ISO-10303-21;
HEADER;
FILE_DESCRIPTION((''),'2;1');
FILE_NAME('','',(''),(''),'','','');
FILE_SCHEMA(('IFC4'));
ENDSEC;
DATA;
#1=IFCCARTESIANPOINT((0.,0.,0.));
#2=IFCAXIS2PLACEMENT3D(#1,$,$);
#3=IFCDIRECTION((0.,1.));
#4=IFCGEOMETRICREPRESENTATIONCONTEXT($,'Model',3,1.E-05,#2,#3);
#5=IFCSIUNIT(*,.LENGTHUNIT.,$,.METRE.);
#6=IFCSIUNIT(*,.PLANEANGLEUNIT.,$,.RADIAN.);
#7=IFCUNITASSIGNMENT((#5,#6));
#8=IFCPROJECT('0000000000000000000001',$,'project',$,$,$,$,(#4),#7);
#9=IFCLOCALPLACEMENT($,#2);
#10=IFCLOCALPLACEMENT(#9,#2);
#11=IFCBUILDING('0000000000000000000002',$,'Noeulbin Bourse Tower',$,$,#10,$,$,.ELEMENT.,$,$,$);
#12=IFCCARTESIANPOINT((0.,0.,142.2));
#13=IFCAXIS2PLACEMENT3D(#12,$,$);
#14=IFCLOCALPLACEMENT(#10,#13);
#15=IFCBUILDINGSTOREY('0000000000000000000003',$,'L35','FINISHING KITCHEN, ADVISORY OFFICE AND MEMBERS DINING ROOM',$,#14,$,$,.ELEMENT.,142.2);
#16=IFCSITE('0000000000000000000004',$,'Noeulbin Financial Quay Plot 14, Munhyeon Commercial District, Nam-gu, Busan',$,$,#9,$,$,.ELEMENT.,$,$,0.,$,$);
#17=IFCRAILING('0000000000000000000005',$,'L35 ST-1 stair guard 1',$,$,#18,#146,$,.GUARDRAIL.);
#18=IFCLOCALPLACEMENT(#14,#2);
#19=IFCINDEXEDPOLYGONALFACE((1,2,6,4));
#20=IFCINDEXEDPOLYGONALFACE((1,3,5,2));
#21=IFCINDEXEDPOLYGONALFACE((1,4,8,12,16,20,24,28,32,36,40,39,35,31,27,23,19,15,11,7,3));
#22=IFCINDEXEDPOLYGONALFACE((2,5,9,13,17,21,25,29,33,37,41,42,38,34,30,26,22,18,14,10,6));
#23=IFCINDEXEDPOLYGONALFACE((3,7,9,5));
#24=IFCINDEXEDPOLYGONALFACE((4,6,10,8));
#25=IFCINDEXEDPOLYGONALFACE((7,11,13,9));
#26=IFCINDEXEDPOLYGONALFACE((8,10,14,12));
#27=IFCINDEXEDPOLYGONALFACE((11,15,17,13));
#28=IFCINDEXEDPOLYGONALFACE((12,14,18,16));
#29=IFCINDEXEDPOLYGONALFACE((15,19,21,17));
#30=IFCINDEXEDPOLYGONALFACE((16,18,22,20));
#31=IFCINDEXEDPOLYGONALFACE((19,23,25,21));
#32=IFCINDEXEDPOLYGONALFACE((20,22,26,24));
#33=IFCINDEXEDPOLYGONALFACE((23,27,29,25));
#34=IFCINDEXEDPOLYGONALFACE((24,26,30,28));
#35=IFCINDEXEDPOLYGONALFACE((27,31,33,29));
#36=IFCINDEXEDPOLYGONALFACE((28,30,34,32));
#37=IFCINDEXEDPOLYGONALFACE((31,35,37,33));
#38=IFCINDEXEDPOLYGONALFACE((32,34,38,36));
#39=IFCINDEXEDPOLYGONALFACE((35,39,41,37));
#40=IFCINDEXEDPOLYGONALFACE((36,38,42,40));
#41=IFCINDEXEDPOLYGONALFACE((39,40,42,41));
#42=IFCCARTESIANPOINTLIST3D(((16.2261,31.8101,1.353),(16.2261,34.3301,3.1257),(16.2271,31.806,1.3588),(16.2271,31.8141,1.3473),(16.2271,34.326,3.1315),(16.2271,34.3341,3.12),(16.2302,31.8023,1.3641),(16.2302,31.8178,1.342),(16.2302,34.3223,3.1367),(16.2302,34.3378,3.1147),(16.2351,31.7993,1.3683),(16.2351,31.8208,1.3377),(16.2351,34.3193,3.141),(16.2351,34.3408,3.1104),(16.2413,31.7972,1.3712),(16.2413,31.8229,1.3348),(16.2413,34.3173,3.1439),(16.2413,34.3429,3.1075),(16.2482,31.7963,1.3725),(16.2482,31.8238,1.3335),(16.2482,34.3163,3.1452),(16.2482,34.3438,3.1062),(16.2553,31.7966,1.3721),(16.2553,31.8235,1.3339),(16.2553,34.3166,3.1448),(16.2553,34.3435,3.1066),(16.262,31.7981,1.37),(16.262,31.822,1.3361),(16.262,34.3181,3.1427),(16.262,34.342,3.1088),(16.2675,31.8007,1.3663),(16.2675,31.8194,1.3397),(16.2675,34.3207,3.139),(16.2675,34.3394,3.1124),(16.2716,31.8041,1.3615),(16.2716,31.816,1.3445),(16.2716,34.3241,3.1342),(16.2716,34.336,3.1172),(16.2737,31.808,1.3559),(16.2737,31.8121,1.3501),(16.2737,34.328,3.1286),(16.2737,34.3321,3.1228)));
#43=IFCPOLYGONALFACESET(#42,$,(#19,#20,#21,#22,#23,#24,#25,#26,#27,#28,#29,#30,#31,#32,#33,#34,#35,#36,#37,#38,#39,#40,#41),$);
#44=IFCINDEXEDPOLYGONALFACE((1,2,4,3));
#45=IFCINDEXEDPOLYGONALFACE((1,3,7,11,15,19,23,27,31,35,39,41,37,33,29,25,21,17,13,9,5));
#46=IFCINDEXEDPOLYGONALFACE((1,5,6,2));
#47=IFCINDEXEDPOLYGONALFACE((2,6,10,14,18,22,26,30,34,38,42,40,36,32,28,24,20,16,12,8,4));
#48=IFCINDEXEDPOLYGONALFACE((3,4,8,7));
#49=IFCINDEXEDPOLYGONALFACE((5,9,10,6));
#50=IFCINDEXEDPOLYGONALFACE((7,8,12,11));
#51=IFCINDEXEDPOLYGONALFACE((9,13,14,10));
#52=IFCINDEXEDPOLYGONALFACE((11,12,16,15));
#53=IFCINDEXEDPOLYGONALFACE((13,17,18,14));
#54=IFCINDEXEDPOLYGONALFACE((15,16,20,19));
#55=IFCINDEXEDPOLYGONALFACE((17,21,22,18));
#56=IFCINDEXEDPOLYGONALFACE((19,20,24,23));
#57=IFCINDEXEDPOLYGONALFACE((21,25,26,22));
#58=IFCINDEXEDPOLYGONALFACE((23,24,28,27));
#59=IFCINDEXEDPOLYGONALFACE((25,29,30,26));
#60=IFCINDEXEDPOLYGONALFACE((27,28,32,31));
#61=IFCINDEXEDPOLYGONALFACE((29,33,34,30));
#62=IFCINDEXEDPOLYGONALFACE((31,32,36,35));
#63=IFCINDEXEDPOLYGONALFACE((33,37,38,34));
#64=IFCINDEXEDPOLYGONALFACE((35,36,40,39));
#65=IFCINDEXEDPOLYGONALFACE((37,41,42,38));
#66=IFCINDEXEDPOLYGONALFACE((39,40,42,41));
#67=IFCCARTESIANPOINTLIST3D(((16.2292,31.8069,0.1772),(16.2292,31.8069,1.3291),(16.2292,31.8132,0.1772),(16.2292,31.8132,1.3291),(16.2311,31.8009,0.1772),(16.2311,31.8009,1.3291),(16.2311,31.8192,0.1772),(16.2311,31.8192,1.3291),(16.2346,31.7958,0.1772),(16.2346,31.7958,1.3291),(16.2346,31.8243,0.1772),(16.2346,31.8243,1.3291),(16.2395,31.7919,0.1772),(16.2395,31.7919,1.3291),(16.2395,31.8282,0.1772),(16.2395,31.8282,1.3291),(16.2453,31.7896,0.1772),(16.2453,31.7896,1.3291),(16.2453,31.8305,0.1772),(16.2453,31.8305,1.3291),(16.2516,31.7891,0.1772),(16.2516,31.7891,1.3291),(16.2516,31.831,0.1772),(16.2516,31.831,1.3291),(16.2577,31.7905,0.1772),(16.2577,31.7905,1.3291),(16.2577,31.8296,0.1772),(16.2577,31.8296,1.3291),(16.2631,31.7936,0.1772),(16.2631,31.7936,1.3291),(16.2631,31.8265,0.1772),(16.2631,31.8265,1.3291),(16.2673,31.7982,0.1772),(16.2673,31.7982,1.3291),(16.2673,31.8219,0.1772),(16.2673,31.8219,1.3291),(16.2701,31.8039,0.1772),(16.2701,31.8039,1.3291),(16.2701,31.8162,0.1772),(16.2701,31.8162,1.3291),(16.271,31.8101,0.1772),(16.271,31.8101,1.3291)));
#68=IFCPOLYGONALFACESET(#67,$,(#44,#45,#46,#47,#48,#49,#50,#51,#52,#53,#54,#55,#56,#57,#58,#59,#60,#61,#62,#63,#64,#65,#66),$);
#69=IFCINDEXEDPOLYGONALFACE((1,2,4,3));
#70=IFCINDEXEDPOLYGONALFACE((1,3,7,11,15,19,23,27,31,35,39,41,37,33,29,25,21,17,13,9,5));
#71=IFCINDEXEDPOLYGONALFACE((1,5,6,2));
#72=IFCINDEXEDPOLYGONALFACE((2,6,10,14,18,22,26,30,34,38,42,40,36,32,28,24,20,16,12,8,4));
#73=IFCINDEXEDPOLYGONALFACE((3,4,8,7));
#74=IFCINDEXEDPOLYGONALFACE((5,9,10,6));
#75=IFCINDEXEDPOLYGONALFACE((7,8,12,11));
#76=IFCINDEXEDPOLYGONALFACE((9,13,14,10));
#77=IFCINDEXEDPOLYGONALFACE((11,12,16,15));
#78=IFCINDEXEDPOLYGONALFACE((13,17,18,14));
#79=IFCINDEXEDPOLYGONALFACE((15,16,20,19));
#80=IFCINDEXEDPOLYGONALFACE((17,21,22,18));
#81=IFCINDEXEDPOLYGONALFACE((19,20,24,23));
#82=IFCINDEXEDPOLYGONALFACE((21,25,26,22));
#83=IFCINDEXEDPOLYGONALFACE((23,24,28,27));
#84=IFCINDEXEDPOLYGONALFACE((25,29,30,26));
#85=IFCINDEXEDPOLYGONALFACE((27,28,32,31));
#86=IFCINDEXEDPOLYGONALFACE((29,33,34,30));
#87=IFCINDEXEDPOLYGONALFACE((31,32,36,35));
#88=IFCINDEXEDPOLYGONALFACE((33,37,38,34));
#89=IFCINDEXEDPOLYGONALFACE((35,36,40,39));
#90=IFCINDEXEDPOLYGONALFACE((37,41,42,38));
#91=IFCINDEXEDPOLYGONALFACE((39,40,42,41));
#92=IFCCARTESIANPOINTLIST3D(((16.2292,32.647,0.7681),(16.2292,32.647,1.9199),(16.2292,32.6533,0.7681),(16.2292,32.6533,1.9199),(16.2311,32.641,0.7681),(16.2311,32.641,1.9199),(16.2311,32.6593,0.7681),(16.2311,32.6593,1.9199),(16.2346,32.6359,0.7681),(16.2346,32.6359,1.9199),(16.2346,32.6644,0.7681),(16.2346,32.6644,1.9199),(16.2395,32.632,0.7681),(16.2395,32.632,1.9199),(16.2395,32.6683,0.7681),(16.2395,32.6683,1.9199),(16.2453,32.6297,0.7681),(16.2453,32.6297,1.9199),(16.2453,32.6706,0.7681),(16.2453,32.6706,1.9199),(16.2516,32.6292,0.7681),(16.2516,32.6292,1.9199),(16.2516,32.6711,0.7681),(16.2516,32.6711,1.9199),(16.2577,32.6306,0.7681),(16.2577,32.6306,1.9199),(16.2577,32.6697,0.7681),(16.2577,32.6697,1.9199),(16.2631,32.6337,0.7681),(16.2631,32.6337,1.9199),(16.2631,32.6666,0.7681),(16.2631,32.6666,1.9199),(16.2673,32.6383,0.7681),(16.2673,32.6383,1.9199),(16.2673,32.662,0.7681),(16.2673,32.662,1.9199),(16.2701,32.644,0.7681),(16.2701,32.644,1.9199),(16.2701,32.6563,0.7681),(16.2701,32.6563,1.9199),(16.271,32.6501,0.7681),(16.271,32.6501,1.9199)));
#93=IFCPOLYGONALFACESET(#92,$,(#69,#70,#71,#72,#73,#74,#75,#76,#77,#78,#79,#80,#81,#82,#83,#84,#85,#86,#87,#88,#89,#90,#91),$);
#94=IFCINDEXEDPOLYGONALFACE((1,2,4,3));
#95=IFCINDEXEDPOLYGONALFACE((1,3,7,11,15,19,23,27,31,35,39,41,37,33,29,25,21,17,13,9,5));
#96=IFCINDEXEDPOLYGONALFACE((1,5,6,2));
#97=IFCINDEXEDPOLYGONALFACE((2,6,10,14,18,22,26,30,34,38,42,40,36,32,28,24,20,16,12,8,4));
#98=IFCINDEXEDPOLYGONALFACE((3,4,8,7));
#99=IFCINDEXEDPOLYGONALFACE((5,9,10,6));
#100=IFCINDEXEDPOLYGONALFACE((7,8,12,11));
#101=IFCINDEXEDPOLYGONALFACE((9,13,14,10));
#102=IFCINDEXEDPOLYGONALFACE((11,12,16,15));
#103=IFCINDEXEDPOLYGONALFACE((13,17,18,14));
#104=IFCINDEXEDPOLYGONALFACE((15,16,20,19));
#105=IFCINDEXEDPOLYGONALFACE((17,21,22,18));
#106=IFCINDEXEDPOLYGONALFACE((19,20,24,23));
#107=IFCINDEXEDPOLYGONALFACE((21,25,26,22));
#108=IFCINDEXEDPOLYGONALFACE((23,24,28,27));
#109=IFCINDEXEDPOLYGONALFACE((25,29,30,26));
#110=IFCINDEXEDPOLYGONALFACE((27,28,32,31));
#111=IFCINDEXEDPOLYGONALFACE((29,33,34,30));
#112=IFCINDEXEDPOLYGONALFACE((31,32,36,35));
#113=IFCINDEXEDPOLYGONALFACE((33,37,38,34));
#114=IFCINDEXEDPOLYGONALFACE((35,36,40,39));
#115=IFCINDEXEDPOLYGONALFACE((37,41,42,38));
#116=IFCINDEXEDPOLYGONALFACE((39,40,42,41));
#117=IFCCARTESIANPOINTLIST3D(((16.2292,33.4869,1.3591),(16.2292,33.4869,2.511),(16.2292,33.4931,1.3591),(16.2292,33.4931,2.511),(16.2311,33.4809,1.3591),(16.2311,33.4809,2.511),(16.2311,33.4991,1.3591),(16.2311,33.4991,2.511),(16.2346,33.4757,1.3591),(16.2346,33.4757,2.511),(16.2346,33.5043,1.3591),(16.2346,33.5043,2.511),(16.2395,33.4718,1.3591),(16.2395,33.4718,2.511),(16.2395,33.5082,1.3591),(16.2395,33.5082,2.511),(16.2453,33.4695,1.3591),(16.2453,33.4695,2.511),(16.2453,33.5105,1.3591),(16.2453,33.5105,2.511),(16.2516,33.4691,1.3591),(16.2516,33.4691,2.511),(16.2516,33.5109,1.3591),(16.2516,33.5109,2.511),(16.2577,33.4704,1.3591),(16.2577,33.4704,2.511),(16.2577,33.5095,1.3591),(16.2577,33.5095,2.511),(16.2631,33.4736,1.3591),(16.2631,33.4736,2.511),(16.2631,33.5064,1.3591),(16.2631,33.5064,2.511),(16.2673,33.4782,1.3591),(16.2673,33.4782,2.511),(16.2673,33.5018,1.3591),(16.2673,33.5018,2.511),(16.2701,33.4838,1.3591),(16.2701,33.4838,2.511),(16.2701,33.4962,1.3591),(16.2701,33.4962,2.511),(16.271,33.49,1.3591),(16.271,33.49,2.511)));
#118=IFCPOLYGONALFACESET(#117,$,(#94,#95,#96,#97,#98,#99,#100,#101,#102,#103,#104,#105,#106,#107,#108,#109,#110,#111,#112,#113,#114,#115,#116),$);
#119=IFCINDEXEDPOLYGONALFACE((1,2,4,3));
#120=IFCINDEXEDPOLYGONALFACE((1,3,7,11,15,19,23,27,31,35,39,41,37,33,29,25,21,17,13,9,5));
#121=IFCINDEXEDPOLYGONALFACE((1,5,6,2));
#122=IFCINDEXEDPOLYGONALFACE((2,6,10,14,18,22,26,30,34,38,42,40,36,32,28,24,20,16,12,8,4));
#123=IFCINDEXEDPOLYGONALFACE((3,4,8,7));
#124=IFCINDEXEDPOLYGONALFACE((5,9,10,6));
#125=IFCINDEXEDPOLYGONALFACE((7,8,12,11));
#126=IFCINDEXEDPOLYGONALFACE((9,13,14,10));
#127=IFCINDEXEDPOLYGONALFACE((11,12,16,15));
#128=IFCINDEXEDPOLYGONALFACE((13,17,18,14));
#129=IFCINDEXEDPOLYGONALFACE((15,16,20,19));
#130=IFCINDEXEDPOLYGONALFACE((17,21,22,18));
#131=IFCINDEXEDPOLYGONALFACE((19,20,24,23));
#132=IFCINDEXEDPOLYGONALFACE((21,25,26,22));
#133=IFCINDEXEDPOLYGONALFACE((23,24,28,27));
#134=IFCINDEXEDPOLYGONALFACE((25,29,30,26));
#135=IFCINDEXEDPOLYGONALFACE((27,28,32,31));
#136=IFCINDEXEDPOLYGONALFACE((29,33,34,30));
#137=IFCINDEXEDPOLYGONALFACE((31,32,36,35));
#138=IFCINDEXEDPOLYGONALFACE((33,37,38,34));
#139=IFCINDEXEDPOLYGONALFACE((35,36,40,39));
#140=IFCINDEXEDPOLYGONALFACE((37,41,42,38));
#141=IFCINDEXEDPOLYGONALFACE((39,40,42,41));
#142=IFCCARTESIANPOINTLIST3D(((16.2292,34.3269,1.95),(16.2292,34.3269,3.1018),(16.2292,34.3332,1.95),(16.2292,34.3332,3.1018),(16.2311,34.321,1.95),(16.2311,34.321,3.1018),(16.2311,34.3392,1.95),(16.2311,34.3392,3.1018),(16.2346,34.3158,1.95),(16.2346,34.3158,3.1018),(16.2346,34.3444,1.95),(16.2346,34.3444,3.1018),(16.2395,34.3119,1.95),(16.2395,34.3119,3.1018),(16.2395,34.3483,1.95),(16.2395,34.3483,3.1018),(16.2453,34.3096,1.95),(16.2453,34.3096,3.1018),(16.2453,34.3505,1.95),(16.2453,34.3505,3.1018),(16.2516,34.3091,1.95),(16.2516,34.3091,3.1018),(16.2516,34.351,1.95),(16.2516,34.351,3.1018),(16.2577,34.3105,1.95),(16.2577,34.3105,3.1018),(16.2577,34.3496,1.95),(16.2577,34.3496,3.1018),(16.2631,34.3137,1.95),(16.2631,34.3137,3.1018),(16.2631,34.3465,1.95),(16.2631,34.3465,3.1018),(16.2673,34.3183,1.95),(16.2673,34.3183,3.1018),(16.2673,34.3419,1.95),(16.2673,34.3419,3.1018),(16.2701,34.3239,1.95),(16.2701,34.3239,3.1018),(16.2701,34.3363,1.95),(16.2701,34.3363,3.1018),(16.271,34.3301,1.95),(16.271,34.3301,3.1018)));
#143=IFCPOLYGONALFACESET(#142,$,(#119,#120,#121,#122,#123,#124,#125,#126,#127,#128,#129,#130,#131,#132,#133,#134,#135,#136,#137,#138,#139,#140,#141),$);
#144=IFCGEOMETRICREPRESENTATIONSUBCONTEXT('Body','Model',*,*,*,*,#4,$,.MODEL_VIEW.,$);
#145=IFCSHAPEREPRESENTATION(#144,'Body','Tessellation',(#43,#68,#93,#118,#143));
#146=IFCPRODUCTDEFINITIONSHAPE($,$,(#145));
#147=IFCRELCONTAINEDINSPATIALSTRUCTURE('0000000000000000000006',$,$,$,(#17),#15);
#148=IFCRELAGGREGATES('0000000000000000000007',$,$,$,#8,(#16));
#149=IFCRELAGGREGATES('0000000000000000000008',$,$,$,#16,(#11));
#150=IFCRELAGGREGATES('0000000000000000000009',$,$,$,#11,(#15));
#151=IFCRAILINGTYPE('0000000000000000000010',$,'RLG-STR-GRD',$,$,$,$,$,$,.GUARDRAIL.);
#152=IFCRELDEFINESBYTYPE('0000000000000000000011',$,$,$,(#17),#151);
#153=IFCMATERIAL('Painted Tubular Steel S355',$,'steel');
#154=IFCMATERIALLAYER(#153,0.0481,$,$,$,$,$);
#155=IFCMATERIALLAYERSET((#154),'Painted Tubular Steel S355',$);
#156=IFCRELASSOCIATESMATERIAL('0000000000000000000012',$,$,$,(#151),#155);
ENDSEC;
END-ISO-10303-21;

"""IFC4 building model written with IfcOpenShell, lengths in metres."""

from ifc_helpers import new_model, si_unit, direction, frame, origin, origin_2d, place, context, subcontext, project, spatial, circle, extrude, material, layer, layer_set, type_object, element, save


model = new_model("IFC4")

# Units and contexts
model_context = context("Model", 3, precision=1e-05, world=origin(), true_north=direction((0.0, 1.0)))
body_context = subcontext(model_context, "Body", "Model", "MODEL_VIEW")
ifc_project = project(units=[si_unit("LENGTHUNIT", "METRE"), si_unit("PLANEANGLEUNIT", "RADIAN")], contexts=[model_context])

# Site, building, storey
site_placement = place(None, origin())
site = spatial("IfcSite", under=ifc_project, at=site_placement, Name="Noeulbin Financial Quay Plot 14, Munhyeon Commercial District, Nam-gu, Busan", CompositionType="ELEMENT", RefElevation=0.0)
building_placement = place(site_placement, origin())
building = spatial("IfcBuilding", under=site, at=building_placement, Name="Noeulbin Bourse Tower", CompositionType="ELEMENT")
storey_placement = place(building_placement, frame((0.0, 0.0, 142.2)))
storey = spatial("IfcBuildingStorey", under=building, at=storey_placement, Name="L35", Description="FINISHING KITCHEN, ADVISORY OFFICE AND MEMBERS DINING ROOM", CompositionType="ELEMENT", Elevation=142.2)

# Railing
ifc_material_1 = material(Name="Painted Tubular Steel S355", Category="steel")
ifc_layer_1 = layer(ifc_material_1, 0.0481)
ifc_layer_set_1 = layer_set([ifc_layer_1], Name="Painted Tubular Steel S355")
railing_type_1 = type_object("IfcRailingType", Name="RLG-STR-GRD", PredefinedType="GUARDRAIL", material=ifc_layer_set_1)
railing_1_placement = place(storey_placement, frame((16.25, 31.8101, 0.1772)))
element("IfcRailing", 1, at=railing_1_placement, inside=storey, type_object=railing_type_1, Name="L35 ST-1 stair guard 1", PredefinedType="GUARDRAIL", context=body_context, shape_type="SweptSolid", body=[
    extrude(circle(Radius=0.0239, at=origin_2d()), frame((0.0, 0.0, 1.1758), z_axis=(0.0, 0.817904, 0.575354), x_axis=(-1.0, 0.0, 0.0)), (0.0, 0.0, 1.0), 3.0811),
    extrude(circle(Radius=0.021, at=origin_2d()), origin(), (0.0, 0.0, 1.0), 1.1519),
    extrude(circle(Radius=0.021, at=origin_2d()), frame((0.0, 0.8401, 0.5908)), (0.0, 0.0, 1.0), 1.1519),
    extrude(circle(Radius=0.021, at=origin_2d()), frame((0.0, 1.6799, 1.1819)), (0.0, 0.0, 1.0), 1.1519),
    extrude(circle(Radius=0.021, at=origin_2d()), frame((0.0, 2.52, 1.7727)), (0.0, 0.0, 1.0), 1.1519),
])

save(model, "model.ifc")
